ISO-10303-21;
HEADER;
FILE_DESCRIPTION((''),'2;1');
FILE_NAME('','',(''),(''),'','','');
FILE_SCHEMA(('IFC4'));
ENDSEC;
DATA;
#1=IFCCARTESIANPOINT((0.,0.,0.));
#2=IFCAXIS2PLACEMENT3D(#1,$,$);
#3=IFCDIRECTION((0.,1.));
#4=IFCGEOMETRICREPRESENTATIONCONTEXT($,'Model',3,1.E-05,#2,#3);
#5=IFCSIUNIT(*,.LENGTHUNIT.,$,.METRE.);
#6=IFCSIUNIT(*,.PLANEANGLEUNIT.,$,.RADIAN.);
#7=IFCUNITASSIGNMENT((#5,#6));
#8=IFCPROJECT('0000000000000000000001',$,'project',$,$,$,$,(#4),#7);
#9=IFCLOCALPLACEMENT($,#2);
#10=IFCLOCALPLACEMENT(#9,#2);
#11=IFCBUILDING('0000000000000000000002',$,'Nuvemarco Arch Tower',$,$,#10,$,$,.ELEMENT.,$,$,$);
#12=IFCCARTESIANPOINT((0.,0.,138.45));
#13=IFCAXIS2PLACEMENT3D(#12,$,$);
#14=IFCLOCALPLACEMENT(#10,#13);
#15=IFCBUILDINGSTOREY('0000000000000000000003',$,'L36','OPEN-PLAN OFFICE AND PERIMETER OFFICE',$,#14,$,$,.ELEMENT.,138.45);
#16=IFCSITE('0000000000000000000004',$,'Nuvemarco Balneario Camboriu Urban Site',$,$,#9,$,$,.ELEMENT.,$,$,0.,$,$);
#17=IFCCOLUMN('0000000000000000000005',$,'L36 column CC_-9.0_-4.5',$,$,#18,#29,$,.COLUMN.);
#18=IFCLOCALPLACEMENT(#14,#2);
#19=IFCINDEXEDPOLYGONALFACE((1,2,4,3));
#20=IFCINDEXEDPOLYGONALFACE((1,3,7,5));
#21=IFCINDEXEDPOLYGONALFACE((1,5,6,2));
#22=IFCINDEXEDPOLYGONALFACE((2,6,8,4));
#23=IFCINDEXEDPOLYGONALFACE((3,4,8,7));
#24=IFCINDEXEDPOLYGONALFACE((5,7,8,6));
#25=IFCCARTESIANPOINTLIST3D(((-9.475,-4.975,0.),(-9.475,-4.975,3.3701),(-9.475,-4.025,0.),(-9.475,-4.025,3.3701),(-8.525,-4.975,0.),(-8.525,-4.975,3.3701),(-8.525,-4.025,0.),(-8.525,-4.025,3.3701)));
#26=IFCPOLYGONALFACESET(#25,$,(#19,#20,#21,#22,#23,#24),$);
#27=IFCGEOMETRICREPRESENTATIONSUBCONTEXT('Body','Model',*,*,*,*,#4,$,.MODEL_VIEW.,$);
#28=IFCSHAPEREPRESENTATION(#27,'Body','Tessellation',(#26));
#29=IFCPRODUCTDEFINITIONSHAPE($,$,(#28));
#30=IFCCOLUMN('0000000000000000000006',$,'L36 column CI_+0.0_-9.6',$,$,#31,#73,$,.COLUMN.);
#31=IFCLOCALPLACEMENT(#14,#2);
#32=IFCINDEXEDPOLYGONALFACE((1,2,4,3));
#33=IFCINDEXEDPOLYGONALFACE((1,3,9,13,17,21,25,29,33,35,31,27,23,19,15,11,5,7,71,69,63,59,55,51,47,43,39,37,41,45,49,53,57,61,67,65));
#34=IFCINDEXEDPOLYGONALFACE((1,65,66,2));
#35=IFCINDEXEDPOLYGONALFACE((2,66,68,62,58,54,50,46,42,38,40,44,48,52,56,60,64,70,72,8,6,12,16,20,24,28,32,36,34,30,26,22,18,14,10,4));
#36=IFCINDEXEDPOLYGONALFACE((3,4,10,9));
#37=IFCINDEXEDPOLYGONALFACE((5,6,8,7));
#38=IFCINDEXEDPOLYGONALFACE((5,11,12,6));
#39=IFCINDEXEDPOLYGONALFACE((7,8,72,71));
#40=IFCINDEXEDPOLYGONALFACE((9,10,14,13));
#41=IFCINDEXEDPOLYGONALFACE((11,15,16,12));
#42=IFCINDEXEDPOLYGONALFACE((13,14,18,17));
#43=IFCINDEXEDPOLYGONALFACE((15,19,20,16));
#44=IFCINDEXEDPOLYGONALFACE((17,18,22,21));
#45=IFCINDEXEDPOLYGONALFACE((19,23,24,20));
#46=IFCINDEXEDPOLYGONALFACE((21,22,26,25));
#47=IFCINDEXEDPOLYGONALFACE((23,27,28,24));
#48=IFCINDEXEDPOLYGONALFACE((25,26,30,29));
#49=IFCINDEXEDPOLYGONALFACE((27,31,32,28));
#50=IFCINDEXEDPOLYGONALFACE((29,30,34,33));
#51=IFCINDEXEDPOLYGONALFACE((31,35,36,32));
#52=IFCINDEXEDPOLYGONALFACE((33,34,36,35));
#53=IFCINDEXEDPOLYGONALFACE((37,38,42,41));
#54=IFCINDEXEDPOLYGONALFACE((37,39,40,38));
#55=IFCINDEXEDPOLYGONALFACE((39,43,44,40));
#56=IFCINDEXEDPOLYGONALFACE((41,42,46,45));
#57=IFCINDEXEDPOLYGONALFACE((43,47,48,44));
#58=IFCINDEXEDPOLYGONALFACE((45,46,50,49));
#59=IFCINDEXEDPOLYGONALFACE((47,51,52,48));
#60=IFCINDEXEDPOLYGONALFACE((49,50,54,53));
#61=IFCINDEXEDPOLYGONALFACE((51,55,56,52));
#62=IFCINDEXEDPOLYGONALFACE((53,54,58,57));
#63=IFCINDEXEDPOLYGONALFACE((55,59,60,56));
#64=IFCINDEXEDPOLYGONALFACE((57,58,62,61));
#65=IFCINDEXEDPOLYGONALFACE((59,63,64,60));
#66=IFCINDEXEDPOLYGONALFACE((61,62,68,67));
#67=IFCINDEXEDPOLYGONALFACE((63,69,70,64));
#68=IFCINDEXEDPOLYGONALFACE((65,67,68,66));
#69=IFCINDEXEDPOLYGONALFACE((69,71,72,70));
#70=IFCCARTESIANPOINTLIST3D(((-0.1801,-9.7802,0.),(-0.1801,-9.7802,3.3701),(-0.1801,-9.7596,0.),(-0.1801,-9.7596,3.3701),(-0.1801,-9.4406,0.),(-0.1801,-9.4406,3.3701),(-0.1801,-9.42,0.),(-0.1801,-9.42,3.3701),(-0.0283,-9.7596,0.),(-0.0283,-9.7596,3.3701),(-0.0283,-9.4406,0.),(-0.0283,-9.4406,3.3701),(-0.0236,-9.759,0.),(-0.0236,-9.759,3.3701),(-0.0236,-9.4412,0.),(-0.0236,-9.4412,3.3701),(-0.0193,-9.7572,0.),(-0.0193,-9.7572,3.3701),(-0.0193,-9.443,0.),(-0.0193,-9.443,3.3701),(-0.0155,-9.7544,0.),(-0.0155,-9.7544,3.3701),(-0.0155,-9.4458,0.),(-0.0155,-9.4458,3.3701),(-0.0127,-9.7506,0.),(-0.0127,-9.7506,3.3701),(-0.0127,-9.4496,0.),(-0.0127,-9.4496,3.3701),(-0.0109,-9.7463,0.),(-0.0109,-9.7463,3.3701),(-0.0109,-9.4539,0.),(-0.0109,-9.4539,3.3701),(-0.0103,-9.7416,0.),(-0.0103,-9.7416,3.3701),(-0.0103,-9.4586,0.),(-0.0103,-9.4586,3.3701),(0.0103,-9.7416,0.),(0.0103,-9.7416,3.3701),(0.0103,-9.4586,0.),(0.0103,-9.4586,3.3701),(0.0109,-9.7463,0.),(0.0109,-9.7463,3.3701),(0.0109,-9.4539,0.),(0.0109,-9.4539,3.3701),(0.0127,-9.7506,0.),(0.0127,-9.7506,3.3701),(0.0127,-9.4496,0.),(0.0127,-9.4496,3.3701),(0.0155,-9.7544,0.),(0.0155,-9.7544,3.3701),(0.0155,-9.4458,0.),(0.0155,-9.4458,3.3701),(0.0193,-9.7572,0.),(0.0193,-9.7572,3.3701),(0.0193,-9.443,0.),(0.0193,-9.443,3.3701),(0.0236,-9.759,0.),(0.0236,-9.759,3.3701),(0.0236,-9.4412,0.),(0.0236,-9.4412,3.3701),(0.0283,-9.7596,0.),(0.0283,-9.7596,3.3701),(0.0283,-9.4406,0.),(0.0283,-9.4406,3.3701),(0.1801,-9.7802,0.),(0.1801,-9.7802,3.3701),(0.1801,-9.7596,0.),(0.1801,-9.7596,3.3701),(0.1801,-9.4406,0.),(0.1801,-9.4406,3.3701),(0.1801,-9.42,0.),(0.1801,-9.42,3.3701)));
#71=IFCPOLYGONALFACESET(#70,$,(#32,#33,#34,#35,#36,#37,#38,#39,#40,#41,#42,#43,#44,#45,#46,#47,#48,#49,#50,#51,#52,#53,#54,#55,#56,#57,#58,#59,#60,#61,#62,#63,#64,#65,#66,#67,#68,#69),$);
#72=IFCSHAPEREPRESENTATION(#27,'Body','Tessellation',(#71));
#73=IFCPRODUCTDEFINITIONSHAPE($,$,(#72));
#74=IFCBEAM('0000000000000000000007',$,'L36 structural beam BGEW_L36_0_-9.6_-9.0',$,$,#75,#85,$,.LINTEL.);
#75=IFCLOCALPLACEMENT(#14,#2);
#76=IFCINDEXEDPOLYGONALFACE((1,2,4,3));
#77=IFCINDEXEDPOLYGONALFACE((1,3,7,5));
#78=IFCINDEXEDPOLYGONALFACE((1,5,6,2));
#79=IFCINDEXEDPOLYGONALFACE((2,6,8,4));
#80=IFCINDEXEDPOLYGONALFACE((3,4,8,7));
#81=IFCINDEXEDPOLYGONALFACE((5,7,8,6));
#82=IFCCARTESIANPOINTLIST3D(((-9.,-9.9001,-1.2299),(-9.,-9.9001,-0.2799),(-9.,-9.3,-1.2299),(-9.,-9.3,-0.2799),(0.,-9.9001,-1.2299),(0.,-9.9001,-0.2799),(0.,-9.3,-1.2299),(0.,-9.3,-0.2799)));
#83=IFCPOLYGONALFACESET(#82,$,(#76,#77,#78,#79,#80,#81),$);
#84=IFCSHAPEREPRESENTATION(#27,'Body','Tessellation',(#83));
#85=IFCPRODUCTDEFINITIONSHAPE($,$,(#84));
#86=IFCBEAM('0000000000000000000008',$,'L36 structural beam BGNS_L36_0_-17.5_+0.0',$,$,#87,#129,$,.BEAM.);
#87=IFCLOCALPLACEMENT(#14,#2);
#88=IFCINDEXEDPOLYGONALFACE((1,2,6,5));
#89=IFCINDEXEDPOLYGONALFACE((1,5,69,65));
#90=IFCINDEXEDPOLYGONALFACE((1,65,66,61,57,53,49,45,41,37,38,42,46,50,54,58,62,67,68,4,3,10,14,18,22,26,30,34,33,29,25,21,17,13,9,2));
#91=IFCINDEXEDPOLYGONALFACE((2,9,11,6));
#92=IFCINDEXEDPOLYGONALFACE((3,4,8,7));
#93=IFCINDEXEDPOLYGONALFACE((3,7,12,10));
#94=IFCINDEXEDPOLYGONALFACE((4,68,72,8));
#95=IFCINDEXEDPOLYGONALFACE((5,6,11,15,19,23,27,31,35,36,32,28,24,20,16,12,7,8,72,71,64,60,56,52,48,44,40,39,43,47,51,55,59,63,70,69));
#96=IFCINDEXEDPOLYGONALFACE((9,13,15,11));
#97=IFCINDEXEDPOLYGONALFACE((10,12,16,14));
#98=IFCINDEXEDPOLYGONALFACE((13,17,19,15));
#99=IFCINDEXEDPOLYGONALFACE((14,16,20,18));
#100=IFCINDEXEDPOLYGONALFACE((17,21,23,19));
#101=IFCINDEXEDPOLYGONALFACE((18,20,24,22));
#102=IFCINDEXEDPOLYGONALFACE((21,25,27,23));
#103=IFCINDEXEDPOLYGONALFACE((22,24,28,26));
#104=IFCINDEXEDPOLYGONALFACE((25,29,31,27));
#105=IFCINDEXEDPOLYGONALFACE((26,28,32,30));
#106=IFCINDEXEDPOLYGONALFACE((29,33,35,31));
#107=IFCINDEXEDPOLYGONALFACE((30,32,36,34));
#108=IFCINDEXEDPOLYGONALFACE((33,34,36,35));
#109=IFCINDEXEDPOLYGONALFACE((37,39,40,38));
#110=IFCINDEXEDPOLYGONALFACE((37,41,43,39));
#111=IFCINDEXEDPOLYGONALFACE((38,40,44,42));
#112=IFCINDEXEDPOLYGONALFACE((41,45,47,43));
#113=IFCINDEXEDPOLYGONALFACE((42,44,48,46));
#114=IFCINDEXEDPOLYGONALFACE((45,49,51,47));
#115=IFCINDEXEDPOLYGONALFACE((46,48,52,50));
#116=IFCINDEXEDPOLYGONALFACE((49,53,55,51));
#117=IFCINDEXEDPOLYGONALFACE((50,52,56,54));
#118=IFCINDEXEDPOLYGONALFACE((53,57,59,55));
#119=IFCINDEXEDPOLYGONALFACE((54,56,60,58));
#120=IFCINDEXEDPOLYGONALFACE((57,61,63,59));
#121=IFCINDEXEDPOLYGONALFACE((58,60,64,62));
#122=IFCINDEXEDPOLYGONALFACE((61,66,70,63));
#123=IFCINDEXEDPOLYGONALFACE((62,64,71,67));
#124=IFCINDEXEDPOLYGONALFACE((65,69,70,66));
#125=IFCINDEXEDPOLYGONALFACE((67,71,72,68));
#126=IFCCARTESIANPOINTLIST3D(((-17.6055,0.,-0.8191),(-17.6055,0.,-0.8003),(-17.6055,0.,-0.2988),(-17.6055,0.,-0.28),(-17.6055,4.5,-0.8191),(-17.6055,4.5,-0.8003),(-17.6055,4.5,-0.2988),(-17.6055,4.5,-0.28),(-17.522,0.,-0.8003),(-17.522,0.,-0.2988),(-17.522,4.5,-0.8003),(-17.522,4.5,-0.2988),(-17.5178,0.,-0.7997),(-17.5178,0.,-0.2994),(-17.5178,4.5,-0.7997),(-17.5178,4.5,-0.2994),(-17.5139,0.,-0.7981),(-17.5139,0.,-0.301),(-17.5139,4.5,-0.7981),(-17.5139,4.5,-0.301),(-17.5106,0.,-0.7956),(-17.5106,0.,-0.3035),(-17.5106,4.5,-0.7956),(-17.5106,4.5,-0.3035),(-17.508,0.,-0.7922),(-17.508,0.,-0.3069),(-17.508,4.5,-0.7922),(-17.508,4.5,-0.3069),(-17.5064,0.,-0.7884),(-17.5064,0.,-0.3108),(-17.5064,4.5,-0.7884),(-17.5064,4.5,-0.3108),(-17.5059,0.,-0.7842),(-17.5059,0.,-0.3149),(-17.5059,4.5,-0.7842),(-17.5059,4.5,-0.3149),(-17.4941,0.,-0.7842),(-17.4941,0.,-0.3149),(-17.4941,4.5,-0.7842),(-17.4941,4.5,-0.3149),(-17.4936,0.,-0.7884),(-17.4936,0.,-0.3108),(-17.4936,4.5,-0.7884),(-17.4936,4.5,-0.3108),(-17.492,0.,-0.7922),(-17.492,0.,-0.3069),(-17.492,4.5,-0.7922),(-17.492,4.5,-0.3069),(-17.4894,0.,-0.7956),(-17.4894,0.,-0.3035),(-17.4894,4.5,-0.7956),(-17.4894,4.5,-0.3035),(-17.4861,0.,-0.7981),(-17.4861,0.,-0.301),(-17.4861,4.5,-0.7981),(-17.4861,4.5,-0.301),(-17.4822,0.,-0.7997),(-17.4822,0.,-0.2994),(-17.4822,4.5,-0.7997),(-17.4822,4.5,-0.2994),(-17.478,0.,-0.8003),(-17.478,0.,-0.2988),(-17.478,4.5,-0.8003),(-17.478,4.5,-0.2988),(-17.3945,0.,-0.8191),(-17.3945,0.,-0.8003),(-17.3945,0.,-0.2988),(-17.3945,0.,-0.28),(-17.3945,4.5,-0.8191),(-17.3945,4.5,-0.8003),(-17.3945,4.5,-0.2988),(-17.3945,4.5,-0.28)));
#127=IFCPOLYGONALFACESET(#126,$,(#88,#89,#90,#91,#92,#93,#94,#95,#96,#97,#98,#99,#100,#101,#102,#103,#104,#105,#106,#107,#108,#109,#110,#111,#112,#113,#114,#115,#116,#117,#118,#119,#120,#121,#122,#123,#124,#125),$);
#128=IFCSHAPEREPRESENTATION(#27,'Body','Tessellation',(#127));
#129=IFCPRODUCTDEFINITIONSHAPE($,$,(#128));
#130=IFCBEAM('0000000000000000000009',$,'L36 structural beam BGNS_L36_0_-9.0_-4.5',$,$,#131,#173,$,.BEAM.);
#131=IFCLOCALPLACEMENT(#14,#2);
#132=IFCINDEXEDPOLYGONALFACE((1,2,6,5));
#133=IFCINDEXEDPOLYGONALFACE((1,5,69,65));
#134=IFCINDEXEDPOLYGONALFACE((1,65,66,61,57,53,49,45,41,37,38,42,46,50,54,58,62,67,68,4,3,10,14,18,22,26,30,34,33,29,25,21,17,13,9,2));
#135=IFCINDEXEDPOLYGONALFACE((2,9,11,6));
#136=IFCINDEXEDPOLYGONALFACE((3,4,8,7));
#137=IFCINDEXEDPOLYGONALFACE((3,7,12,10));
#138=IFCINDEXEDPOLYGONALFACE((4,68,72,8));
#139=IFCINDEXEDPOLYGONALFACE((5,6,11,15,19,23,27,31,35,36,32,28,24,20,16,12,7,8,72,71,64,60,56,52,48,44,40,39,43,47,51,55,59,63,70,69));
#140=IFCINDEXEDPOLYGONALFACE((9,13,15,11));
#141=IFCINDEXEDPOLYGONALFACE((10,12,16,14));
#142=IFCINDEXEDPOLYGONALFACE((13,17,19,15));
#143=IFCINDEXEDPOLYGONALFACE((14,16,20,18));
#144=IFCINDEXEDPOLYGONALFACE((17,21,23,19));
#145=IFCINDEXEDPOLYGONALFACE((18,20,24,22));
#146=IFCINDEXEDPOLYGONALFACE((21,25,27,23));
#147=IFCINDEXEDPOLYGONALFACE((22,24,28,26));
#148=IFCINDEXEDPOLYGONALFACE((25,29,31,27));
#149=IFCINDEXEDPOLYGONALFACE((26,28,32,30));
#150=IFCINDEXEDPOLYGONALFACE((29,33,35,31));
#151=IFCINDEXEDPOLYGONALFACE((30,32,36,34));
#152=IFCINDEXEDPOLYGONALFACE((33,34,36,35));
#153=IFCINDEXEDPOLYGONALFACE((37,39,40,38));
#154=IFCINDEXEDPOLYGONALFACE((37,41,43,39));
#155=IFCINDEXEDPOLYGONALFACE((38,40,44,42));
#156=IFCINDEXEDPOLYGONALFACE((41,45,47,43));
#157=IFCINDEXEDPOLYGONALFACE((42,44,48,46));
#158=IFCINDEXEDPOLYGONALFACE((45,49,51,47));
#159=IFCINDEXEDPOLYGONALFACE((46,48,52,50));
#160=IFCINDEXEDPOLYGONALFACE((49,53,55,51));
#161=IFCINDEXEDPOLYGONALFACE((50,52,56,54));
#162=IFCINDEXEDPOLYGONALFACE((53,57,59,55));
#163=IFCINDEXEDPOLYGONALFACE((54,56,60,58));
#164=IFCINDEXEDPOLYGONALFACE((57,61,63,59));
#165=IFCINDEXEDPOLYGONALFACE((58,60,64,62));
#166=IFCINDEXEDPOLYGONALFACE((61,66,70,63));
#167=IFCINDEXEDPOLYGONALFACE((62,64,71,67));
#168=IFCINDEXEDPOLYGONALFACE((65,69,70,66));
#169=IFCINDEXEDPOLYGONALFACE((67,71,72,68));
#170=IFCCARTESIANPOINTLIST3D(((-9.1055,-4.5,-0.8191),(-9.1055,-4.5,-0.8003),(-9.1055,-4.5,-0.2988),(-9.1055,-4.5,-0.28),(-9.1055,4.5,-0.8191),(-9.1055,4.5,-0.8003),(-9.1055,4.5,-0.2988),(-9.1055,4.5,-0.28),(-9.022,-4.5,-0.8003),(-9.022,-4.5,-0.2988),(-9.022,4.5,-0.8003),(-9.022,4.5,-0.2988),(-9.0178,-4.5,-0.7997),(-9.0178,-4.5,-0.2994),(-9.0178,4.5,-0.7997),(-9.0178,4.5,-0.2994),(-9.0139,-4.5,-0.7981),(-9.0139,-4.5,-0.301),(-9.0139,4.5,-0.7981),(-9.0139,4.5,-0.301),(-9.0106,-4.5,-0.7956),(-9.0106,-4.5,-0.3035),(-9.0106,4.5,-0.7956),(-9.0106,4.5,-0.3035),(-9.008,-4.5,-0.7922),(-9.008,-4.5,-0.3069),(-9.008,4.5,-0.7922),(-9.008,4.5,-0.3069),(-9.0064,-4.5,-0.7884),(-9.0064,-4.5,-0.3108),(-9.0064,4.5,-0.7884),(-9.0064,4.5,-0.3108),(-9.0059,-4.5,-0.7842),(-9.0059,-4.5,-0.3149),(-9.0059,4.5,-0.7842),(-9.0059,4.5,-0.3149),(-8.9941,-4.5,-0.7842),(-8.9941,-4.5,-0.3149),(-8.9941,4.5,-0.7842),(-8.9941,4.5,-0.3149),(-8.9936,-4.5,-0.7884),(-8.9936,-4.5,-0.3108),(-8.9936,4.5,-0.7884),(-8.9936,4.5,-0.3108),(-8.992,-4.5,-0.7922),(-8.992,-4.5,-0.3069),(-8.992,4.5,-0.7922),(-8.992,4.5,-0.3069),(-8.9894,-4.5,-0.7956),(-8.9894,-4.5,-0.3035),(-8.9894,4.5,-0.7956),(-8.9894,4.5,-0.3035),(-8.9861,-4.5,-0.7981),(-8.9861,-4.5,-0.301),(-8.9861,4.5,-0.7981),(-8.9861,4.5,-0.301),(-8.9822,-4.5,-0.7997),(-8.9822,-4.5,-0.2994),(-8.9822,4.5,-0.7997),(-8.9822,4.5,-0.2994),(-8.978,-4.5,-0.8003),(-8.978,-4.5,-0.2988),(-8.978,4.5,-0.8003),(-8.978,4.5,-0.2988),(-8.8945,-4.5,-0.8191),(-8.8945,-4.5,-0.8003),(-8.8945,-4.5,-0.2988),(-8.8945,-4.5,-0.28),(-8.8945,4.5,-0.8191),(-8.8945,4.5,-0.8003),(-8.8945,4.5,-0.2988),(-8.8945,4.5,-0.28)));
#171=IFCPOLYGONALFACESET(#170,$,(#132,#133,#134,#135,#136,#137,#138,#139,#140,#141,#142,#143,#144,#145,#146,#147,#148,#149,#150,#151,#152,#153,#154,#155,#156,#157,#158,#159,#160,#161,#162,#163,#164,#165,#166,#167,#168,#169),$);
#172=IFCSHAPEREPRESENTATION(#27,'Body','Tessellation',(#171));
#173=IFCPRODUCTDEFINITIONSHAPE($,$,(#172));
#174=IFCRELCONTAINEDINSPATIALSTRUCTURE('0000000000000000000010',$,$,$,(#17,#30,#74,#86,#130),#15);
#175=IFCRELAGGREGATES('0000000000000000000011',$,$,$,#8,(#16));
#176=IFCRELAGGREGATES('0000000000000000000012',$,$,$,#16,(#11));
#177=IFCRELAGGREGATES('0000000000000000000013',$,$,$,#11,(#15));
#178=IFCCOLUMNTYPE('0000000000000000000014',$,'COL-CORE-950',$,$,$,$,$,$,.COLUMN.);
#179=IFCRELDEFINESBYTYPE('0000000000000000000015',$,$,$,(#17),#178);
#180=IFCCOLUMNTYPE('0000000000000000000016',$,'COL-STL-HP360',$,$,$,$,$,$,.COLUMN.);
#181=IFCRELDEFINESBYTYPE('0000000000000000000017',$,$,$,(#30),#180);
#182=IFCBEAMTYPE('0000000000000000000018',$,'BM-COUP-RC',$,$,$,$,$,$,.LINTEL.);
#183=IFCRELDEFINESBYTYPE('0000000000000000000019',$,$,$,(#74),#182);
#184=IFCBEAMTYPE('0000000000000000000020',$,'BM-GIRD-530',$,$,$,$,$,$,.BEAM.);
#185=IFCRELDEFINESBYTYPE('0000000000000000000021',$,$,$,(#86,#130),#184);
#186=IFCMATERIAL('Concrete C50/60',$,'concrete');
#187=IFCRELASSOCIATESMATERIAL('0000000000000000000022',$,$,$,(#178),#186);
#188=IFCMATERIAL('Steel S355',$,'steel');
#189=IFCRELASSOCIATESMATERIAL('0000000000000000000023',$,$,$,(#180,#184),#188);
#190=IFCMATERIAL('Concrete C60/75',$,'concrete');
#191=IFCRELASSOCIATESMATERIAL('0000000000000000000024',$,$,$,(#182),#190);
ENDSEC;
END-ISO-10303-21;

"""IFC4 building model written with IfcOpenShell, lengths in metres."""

from ifc_helpers import new_model, si_unit, direction, frame, origin, origin_2d, place, context, subcontext, project, spatial, rectangle, i_section, extrude, material, material_profile, profile_set, type_object, element, save


model = new_model("IFC4")

# Units and contexts
model_context = context("Model", 3, precision=1e-05, world=origin(), true_north=direction((0.0, 1.0)))
body_context = subcontext(model_context, "Body", "Model", "MODEL_VIEW")
ifc_project = project(units=[si_unit("LENGTHUNIT", "METRE"), si_unit("PLANEANGLEUNIT", "RADIAN")], contexts=[model_context])

# Site, building, storey
site_placement = place(None, origin())
site = spatial("IfcSite", under=ifc_project, at=site_placement, Name="Nuvemarco Balneario Camboriu Urban Site", CompositionType="ELEMENT", RefElevation=0.0)
building_placement = place(site_placement, origin())
building = spatial("IfcBuilding", under=site, at=building_placement, Name="Nuvemarco Arch Tower", CompositionType="ELEMENT")
storey_placement = place(building_placement, frame((0.0, 0.0, 138.45)))
storey = spatial("IfcBuildingStorey", under=building, at=storey_placement, Name="L36", Description="OPEN-PLAN OFFICE AND PERIMETER OFFICE", CompositionType="ELEMENT", Elevation=138.45)

# Columns
ifc_material_1 = material(Name="Concrete C50/60", Category="concrete")
ifc_material_profile_1 = material_profile(ifc_material_1, rectangle(XDim=0.95, YDim=0.95, at=origin_2d()), Name="RC-COL-950x950")
ifc_profile_set_1 = profile_set([ifc_material_profile_1], Name="Concrete C50/60")
column_type_1 = type_object("IfcColumnType", Name="COL-CORE-950", PredefinedType="COLUMN", material=ifc_profile_set_1)
column_1_placement = place(storey_placement, frame((-9.0, -4.5, 0.0), z_axis=(0.0, 0.0, 1.0), x_axis=(1.0, 0.0, 0.0)))
element("IfcColumn", 1, at=column_1_placement, inside=storey, type_object=column_type_1, Name="L36 column CC_-9.0_-4.5", PredefinedType="COLUMN", context=body_context, shape_type="SweptSolid", body=[
    extrude(rectangle(XDim=0.95, YDim=0.95, at=origin_2d()), origin(), (0.0, 0.0, 1.0), 3.3701),
])
ifc_material_2 = material(Name="Steel S355", Category="steel")
ifc_material_profile_2 = material_profile(ifc_material_2, i_section(OverallWidth=0.3601, OverallDepth=0.3601, WebThickness=0.0205, FlangeThickness=0.0205, FilletRadius=0.0181, at=origin_2d()), Name="HP360x174")
ifc_profile_set_2 = profile_set([ifc_material_profile_2], Name="Steel S355")
column_type_2 = type_object("IfcColumnType", Name="COL-STL-HP360", PredefinedType="COLUMN", material=ifc_profile_set_2)
column_2_placement = place(storey_placement, frame((0.0, -9.6001, 0.0), z_axis=(0.0, 0.0, 1.0), x_axis=(1.0, 0.0, 0.0)))
element("IfcColumn", 2, at=column_2_placement, inside=storey, type_object=column_type_2, Name="L36 column CI_+0.0_-9.6", PredefinedType="COLUMN", context=body_context, shape_type="SweptSolid", body=[
    extrude(i_section(OverallWidth=0.3601, OverallDepth=0.3601, WebThickness=0.0205, FlangeThickness=0.0205, FilletRadius=0.0181, at=origin_2d()), origin(), (0.0, 0.0, 1.0), 3.3701),
])

# Beams
ifc_material_3 = material(Name="Concrete C60/75", Category="concrete")
ifc_material_profile_3 = material_profile(ifc_material_3, rectangle(XDim=0.6001, YDim=0.95, at=origin_2d()), Name="RC-BM-600x950")
ifc_profile_set_3 = profile_set([ifc_material_profile_3], Name="Concrete C60/75")
beam_type_1 = type_object("IfcBeamType", Name="BM-COUP-RC", PredefinedType="LINTEL", material=ifc_profile_set_3)
beam_1_placement = place(storey_placement, frame((-9.0, -9.6001, -0.7549), z_axis=(1.0, 0.0, 0.0), x_axis=(0.0, 1.0, 0.0)))
element("IfcBeam", 3, at=beam_1_placement, inside=storey, type_object=beam_type_1, Name="L36 structural beam BGEW_L36_0_-9.6_-9.0", PredefinedType="LINTEL", context=body_context, shape_type="SweptSolid", body=[
    extrude(rectangle(XDim=0.6001, YDim=0.95, at=origin_2d()), origin(), (0.0, 0.0, 1.0), 9.0),
])
ifc_material_profile_4 = material_profile(ifc_material_2, i_section(OverallWidth=0.2109, OverallDepth=0.5391, WebThickness=0.0117, FlangeThickness=0.0188, FilletRadius=0.0161, at=origin_2d()), Name="W530x109")
ifc_profile_set_4 = profile_set([ifc_material_profile_4], Name="Steel S355")
beam_type_2 = type_object("IfcBeamType", Name="BM-GIRD-530", PredefinedType="BEAM", material=ifc_profile_set_4)
beam_2_placement = place(storey_placement, frame((-17.5, 0.0, -0.5496), z_axis=(0.0, 1.0, 0.0), x_axis=(-1.0, 0.0, 0.0)))
element("IfcBeam", 4, at=beam_2_placement, inside=storey, type_object=beam_type_2, Name="L36 structural beam BGNS_L36_0_-17.5_+0.0", PredefinedType="BEAM", context=body_context, shape_type="SweptSolid", body=[
    extrude(i_section(OverallWidth=0.2109, OverallDepth=0.5391, WebThickness=0.0117, FlangeThickness=0.0188, FilletRadius=0.0161, at=origin_2d()), origin(), (0.0, 0.0, 1.0), 4.5),
])
beam_3_placement = place(storey_placement, frame((-9.0, -4.5, -0.5496), z_axis=(0.0, 1.0, 0.0), x_axis=(-1.0, 0.0, 0.0)))
element("IfcBeam", 5, at=beam_3_placement, inside=storey, type_object=beam_type_2, Name="L36 structural beam BGNS_L36_0_-9.0_-4.5", PredefinedType="BEAM", context=body_context, shape_type="SweptSolid", body=[
    extrude(i_section(OverallWidth=0.2109, OverallDepth=0.5391, WebThickness=0.0117, FlangeThickness=0.0188, FilletRadius=0.0161, at=origin_2d()), origin(), (0.0, 0.0, 1.0), 9.0),
])

save(model, "model.ifc")
